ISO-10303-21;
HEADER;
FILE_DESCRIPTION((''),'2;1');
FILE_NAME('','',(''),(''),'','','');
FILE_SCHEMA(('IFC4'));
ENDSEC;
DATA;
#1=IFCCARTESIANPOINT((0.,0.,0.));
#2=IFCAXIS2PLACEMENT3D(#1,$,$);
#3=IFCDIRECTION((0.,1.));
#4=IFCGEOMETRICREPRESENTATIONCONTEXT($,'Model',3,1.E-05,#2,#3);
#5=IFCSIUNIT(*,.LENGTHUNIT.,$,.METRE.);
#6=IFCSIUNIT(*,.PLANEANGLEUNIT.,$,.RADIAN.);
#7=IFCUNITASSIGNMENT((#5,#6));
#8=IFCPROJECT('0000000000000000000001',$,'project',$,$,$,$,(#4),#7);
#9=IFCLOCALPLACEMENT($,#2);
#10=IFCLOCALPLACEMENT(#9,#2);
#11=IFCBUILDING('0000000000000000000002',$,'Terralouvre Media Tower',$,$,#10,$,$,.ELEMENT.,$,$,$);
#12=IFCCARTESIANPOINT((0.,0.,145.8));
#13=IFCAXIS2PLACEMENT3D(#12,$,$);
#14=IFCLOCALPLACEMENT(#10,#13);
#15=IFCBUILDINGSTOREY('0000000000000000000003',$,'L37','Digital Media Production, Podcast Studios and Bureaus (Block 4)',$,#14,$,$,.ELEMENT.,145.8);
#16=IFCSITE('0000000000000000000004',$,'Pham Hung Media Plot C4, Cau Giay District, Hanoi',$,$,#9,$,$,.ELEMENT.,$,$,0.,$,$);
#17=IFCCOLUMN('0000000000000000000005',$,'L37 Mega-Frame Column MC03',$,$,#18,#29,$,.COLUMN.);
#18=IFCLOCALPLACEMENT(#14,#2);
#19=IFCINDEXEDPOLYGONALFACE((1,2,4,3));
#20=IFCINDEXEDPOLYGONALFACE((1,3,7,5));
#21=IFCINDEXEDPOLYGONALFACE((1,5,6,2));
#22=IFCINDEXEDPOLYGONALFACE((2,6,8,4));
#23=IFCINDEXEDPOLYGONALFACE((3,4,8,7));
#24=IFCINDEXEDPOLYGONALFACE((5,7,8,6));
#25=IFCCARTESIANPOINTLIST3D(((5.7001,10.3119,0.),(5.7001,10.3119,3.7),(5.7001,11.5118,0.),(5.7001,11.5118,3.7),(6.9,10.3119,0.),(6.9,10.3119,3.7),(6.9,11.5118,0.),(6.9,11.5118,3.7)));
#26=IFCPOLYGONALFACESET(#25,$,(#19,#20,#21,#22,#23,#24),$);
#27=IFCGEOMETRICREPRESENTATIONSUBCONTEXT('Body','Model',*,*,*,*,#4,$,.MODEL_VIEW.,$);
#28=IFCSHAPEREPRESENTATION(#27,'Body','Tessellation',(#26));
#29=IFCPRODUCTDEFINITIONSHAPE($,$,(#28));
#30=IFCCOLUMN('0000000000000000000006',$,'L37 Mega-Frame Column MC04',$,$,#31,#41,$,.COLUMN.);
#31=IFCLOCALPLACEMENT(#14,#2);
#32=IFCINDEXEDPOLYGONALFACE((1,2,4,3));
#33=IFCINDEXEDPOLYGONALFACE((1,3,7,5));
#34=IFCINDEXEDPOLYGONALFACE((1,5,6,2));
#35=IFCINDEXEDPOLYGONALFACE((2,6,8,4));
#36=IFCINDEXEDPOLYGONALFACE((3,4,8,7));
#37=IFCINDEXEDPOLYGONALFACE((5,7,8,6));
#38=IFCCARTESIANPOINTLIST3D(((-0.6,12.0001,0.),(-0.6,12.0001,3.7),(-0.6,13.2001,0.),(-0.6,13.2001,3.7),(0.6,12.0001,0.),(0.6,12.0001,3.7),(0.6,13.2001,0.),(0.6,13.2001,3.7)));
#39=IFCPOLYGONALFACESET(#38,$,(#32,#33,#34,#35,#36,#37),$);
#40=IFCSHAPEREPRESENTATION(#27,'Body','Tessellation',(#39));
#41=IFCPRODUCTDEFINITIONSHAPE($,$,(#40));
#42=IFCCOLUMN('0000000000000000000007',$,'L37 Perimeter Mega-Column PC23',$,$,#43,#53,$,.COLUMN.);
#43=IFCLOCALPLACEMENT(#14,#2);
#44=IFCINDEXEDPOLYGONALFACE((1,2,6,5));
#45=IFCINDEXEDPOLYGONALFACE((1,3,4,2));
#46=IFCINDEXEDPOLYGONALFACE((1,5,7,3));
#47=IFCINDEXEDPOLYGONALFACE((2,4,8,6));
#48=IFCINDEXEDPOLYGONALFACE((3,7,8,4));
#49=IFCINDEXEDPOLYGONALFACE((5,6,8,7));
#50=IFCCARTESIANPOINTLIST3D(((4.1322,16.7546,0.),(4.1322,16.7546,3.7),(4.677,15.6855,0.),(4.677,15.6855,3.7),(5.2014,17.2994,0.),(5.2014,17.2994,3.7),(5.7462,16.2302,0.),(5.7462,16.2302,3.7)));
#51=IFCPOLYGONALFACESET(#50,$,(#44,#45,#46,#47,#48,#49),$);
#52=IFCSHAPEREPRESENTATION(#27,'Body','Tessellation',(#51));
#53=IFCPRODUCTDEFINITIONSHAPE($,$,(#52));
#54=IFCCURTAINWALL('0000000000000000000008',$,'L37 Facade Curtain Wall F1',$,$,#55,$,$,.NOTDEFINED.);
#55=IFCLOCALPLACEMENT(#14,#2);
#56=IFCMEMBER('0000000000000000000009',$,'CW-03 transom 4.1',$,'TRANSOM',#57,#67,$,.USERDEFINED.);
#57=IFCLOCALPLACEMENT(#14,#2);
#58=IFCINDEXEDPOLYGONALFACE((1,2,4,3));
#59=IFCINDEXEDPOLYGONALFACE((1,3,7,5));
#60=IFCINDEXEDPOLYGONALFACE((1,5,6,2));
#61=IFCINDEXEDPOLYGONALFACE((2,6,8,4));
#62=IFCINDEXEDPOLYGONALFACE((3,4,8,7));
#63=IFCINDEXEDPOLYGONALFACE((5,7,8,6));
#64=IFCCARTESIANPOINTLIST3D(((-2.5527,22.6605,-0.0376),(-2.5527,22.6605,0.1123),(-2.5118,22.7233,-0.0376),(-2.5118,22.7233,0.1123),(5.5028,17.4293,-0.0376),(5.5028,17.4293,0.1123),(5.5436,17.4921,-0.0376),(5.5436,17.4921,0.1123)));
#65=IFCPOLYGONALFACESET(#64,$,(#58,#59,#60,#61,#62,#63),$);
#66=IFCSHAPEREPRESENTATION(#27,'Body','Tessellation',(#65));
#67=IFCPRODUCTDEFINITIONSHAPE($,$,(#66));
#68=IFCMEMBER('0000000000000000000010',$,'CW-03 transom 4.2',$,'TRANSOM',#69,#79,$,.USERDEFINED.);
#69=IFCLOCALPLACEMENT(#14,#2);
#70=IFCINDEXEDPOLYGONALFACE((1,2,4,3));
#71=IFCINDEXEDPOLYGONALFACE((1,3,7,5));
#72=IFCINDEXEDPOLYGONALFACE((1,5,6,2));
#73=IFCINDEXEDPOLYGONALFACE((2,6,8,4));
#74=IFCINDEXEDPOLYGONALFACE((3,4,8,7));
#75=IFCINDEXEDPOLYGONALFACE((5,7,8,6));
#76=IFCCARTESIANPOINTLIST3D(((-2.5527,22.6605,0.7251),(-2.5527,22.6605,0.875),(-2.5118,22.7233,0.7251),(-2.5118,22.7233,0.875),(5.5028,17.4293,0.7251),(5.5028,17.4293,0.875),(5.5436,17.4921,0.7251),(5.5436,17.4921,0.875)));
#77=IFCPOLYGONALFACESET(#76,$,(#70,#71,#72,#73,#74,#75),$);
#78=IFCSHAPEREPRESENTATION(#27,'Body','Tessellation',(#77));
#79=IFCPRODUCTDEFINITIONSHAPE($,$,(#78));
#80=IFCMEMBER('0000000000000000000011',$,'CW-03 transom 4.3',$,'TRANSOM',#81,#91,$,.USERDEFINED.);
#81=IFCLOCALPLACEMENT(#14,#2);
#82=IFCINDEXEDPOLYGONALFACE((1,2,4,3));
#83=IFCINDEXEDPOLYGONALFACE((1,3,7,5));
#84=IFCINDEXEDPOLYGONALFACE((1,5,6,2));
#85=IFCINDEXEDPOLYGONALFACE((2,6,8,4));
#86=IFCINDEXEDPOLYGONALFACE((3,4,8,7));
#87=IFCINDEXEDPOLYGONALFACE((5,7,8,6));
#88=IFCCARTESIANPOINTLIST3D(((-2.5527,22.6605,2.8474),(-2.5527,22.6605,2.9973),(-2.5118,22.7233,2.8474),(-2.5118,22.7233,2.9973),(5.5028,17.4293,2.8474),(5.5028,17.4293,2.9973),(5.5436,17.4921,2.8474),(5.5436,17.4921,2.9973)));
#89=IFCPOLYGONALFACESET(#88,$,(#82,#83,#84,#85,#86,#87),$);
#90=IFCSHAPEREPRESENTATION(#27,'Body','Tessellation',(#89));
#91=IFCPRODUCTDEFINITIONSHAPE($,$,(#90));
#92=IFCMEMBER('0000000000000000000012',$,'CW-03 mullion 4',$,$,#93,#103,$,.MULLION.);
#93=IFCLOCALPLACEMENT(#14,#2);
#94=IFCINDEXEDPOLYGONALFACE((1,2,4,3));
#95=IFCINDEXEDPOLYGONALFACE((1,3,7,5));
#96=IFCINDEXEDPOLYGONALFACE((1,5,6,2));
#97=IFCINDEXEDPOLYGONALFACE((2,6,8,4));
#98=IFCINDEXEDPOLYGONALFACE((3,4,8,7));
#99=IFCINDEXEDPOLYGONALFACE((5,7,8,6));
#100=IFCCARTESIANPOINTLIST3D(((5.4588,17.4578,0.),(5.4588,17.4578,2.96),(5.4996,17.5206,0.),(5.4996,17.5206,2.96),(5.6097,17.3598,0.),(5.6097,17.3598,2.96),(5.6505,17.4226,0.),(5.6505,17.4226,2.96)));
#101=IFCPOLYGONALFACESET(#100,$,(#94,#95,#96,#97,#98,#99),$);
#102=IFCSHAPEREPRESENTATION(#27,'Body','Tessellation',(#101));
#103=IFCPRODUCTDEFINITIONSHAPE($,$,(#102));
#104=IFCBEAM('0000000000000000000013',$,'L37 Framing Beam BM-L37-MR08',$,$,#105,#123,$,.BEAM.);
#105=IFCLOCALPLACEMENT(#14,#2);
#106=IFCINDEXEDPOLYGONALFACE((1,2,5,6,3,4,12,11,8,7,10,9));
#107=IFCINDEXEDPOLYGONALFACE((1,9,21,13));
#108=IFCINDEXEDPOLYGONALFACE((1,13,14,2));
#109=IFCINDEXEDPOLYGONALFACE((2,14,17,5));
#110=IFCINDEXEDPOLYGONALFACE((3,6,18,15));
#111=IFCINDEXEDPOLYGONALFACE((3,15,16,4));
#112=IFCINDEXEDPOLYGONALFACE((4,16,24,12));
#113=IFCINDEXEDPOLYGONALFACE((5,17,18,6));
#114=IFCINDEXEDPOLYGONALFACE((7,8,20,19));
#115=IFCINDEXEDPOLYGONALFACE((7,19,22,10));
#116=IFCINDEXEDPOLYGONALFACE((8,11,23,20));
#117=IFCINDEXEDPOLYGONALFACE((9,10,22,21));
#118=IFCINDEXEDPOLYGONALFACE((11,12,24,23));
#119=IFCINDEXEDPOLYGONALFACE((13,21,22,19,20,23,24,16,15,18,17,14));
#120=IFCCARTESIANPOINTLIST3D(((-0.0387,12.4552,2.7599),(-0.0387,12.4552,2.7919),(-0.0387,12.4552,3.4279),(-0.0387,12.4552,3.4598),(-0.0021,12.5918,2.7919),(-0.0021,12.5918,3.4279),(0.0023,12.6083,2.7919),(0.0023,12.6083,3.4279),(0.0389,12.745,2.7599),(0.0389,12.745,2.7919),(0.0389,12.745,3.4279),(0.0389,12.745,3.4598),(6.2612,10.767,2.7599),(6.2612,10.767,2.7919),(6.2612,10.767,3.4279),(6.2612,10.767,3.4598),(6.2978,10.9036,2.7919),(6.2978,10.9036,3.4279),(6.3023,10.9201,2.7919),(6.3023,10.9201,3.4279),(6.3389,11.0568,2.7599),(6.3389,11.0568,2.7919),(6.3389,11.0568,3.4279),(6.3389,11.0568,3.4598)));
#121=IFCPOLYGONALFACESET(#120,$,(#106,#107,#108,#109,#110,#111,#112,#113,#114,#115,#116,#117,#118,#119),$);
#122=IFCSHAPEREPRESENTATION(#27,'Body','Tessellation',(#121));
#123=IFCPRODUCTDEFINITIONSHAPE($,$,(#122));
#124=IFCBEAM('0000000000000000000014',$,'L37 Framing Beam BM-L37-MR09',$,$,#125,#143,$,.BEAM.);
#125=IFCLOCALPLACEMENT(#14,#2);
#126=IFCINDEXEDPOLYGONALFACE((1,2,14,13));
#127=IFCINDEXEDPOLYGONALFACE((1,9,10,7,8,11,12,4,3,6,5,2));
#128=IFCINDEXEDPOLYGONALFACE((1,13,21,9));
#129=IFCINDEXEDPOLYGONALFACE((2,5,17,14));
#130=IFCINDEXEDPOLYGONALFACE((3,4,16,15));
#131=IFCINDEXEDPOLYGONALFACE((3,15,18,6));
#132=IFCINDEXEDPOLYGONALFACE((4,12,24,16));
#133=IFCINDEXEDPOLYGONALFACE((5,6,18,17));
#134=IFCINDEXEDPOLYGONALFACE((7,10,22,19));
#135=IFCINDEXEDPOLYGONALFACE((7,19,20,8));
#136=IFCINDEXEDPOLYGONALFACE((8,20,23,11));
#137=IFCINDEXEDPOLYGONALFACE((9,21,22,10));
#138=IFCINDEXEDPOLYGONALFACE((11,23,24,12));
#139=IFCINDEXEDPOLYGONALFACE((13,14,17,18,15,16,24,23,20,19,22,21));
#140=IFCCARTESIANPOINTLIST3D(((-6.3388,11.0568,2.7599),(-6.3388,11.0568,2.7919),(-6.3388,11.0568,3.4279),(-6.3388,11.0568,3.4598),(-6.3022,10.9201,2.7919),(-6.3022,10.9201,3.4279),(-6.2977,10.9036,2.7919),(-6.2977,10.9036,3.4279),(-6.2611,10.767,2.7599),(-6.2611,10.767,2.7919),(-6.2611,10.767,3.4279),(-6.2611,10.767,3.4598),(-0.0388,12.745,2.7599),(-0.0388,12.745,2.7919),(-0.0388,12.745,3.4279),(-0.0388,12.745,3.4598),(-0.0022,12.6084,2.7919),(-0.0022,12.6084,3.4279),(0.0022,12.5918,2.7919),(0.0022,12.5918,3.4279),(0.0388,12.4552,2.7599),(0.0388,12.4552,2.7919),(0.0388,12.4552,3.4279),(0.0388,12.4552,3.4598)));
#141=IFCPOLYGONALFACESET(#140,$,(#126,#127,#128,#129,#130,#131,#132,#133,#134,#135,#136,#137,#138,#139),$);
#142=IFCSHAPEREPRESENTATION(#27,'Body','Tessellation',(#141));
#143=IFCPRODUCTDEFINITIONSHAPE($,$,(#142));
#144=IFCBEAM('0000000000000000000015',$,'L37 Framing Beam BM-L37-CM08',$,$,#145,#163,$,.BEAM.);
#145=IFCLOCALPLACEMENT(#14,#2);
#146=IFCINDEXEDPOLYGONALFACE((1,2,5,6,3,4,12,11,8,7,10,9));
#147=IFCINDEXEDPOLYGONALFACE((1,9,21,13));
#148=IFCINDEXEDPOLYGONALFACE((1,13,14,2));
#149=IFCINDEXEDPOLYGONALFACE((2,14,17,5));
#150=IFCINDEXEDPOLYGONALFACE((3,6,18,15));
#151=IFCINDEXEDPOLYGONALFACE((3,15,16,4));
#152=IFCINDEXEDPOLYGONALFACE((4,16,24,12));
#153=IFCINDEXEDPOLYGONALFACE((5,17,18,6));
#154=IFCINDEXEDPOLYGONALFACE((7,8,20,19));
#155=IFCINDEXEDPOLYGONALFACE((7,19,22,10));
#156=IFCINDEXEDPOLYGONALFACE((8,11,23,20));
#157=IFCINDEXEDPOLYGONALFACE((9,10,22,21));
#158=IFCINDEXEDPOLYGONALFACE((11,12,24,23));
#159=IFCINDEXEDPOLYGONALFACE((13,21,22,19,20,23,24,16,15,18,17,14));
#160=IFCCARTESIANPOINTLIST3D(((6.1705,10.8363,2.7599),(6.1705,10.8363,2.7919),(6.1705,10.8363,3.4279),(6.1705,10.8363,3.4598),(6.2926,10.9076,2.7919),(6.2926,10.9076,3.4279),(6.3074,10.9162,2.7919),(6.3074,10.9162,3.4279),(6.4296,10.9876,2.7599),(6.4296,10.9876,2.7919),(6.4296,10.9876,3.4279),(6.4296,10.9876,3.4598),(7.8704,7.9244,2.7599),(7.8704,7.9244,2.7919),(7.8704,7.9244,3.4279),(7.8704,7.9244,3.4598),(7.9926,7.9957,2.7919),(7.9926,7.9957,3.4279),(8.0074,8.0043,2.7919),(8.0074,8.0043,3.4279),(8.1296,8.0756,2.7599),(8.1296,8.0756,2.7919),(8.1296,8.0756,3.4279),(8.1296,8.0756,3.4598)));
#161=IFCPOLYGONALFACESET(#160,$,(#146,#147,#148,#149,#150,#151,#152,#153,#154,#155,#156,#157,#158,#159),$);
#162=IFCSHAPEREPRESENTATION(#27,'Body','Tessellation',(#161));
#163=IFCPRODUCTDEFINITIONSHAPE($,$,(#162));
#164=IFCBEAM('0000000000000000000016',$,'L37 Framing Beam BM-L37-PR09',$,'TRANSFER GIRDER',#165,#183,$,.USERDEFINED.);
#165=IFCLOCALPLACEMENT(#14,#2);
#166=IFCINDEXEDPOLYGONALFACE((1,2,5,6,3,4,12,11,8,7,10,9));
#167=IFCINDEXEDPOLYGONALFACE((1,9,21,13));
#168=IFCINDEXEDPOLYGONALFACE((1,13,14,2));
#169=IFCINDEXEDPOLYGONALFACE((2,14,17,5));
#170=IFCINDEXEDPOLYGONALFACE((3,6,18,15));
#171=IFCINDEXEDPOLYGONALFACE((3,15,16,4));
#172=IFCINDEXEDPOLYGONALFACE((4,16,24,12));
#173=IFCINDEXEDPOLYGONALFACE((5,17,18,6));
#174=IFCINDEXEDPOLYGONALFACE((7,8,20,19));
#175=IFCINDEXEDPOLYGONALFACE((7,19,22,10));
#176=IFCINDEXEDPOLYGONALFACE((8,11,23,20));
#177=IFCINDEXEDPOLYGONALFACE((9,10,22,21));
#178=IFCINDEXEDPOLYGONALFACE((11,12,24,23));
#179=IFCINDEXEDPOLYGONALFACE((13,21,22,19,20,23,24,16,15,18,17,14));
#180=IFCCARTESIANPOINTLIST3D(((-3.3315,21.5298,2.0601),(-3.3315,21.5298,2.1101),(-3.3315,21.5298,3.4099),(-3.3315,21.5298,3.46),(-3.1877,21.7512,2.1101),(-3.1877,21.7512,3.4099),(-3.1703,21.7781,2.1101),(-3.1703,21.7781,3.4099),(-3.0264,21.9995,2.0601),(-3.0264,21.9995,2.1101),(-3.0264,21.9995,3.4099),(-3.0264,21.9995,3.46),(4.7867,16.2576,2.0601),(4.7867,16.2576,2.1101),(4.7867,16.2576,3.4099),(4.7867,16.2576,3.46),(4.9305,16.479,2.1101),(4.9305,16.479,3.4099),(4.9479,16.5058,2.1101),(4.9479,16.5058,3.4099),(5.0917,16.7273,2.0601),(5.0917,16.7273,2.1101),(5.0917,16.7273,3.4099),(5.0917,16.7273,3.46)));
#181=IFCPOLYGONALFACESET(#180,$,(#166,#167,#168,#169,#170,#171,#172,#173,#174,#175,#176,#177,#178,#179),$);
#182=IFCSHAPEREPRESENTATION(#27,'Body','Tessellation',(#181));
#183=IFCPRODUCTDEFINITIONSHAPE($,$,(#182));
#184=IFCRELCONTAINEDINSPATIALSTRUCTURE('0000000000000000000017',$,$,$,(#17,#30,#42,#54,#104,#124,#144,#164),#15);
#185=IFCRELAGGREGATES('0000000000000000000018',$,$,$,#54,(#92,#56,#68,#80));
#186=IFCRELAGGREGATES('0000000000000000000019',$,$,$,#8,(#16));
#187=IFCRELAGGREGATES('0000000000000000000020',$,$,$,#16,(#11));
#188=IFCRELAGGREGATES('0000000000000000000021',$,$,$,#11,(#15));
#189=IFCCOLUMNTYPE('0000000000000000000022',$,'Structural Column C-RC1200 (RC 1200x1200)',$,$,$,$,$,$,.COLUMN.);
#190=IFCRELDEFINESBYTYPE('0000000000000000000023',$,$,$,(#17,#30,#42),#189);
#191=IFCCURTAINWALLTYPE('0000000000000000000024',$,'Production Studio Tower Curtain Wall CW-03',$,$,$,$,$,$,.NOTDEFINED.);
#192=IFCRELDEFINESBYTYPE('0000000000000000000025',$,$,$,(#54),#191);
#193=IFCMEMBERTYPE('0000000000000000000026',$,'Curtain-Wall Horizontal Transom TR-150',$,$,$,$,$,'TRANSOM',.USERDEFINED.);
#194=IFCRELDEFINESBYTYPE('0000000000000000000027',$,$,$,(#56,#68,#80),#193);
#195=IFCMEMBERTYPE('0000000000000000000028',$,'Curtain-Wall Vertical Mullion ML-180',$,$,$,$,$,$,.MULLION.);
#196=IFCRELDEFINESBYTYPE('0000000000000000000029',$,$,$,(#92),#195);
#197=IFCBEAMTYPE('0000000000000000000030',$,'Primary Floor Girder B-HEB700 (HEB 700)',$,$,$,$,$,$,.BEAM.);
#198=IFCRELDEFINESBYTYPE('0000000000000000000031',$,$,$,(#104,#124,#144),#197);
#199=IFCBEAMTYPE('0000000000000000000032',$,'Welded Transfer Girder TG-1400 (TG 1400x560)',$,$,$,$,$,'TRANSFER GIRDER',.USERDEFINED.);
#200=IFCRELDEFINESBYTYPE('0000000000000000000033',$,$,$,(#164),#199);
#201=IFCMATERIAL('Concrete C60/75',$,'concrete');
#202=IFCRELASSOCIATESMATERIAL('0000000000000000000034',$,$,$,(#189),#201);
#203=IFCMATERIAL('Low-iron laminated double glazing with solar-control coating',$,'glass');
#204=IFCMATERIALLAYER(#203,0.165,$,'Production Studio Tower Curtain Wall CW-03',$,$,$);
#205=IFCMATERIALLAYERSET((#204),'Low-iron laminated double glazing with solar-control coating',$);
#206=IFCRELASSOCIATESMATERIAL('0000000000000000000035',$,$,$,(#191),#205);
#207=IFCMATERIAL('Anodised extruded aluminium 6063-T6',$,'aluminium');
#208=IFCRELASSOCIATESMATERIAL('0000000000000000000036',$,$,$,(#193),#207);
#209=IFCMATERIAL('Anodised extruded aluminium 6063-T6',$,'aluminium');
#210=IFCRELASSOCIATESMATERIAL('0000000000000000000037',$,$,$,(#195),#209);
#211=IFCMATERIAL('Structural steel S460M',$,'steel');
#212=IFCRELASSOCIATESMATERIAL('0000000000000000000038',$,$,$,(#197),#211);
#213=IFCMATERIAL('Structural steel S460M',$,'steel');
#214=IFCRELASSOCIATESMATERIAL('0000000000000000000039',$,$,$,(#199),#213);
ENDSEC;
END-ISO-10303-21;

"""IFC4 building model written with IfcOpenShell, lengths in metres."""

from ifc_helpers import new_model, si_unit, direction, frame, origin, origin_2d, place, context, subcontext, project, spatial, rectangle, i_section, extrude, material, layer, layer_set, material_profile, profile_set, type_object, element, aggregate, save


model = new_model("IFC4")

# Units and contexts
model_context = context("Model", 3, precision=1e-05, world=origin(), true_north=direction((0.0, 1.0)))
body_context = subcontext(model_context, "Body", "Model", "MODEL_VIEW")
ifc_project = project(units=[si_unit("LENGTHUNIT", "METRE"), si_unit("PLANEANGLEUNIT", "RADIAN")], contexts=[model_context])

# Site, building, storey
site_placement = place(None, origin())
site = spatial("IfcSite", under=ifc_project, at=site_placement, Name="Pham Hung Media Plot C4, Cau Giay District, Hanoi", CompositionType="ELEMENT", RefElevation=0.0)
building_placement = place(site_placement, origin())
building = spatial("IfcBuilding", under=site, at=building_placement, Name="Terralouvre Media Tower", CompositionType="ELEMENT")
storey_placement = place(building_placement, frame((0.0, 0.0, 145.8)))
storey = spatial("IfcBuildingStorey", under=building, at=storey_placement, Name="L37", Description="Digital Media Production, Podcast Studios and Bureaus (Block 4)", CompositionType="ELEMENT", Elevation=145.8)

# Columns
ifc_material_1 = material(Name="Concrete C60/75", Category="concrete")
ifc_material_profile_1 = material_profile(ifc_material_1, rectangle(XDim=1.2, YDim=1.2, at=origin_2d()), Name="RC 1200x1200")
ifc_profile_set_1 = profile_set([ifc_material_profile_1], Name="Concrete C60/75")
column_type = type_object("IfcColumnType", Name="Structural Column C-RC1200 (RC 1200x1200)", PredefinedType="COLUMN", material=ifc_profile_set_1)
for number, where, z_axis, x_axis, name in (
    (1, (6.3, 10.9119, 0.0), (0.0, 0.0, 1.0), (1.0, 0.0, 0.0), "L37 Mega-Frame Column MC03"),
    (2, (0.0, 12.6001, 0.0), (0.0, 0.0, 1.0), (1.0, 0.0, 0.0), "L37 Mega-Frame Column MC04"),
    (3, (4.9392, 16.4924, 0.0), (0.0, 0.0, 1.0), (0.891007, 0.45399, 0.0), "L37 Perimeter Mega-Column PC23"),
):
    element("IfcColumn", number, at=place(storey_placement, frame(where, z_axis=z_axis, x_axis=x_axis)), inside=storey, type_object=column_type, Name=name, PredefinedType="COLUMN", context=body_context, shape_type="SweptSolid", body=[
        extrude(rectangle(XDim=1.2, YDim=1.2, at=origin_2d()), origin(), (0.0, 0.0, 1.0), 3.7),
    ])

# Curtain wall, members
ifc_material_2 = material(Name="Low-iron laminated double glazing with solar-control coating", Category="glass")
ifc_layer_1 = layer(ifc_material_2, 0.165, Name="Production Studio Tower Curtain Wall CW-03")
ifc_layer_set_1 = layer_set([ifc_layer_1], Name="Low-iron laminated double glazing with solar-control coating")
curtain_wall_type = type_object("IfcCurtainWallType", Name="Production Studio Tower Curtain Wall CW-03", PredefinedType="NOTDEFINED", material=ifc_layer_set_1)
curtain_wall_placement = place(storey_placement, origin())
curtain_wall = element("IfcCurtainWall", 4, at=curtain_wall_placement, inside=storey, type_object=curtain_wall_type, Name="L37 Facade Curtain Wall F1", PredefinedType="NOTDEFINED")
ifc_material_3 = material(Name="Anodised extruded aluminium 6063-T6", Category="aluminium")
ifc_material_profile_2 = material_profile(ifc_material_3, rectangle(XDim=0.075, YDim=0.1499, at=origin_2d()), Name="ALU 75x150")
ifc_profile_set_2 = profile_set([ifc_material_profile_2], Name="Anodised extruded aluminium 6063-T6")
member_type_1 = type_object("IfcMemberType", Name="Curtain-Wall Horizontal Transom TR-150", ElementType="TRANSOM", PredefinedType="USERDEFINED", material=ifc_profile_set_2)
member_1_placement = place(storey_placement, frame((5.5232, 17.4607, 0.0374), z_axis=(-0.838673, 0.544635, 0.0), x_axis=(-0.544635, -0.838673, 0.0)))
member_1 = element("IfcMember", 5, at=member_1_placement, type_object=member_type_1, Name="CW-03 transom 4.1", ObjectType="TRANSOM", PredefinedType="USERDEFINED", context=body_context, shape_type="SweptSolid", body=[
    extrude(rectangle(XDim=0.075, YDim=0.1499, at=origin_2d()), origin(), (0.0, 0.0, 1.0), 9.605),
])
member_2_placement = place(storey_placement, frame((5.5232, 17.4607, 0.8), z_axis=(-0.838673, 0.544635, 0.0), x_axis=(-0.544635, -0.838673, 0.0)))
member_2 = element("IfcMember", 6, at=member_2_placement, type_object=member_type_1, Name="CW-03 transom 4.2", ObjectType="TRANSOM", PredefinedType="USERDEFINED", context=body_context, shape_type="SweptSolid", body=[
    extrude(rectangle(XDim=0.075, YDim=0.1499, at=origin_2d()), origin(), (0.0, 0.0, 1.0), 9.605),
])
member_3_placement = place(storey_placement, frame((5.5232, 17.4607, 2.9224), z_axis=(-0.838673, 0.544635, 0.0), x_axis=(-0.544635, -0.838673, 0.0)))
member_3 = element("IfcMember", 7, at=member_3_placement, type_object=member_type_1, Name="CW-03 transom 4.3", ObjectType="TRANSOM", PredefinedType="USERDEFINED", context=body_context, shape_type="SweptSolid", body=[
    extrude(rectangle(XDim=0.075, YDim=0.1499, at=origin_2d()), origin(), (0.0, 0.0, 1.0), 9.605),
])
ifc_material_4 = material(Name="Anodised extruded aluminium 6063-T6", Category="aluminium")
ifc_material_profile_3 = material_profile(ifc_material_4, rectangle(XDim=0.075, YDim=0.1799, at=origin_2d()), Name="ALU 75x180")
ifc_profile_set_3 = profile_set([ifc_material_profile_3], Name="Anodised extruded aluminium 6063-T6")
member_type_2 = type_object("IfcMemberType", Name="Curtain-Wall Vertical Mullion ML-180", PredefinedType="MULLION", material=ifc_profile_set_3)
member_4_placement = place(storey_placement, frame((5.5547, 17.4402, 0.0), z_axis=(0.0, 0.0, 1.0), x_axis=(-0.544639, -0.838671, 0.0)))
member_4 = element("IfcMember", 8, at=member_4_placement, type_object=member_type_2, Name="CW-03 mullion 4", PredefinedType="MULLION", context=body_context, shape_type="SweptSolid", body=[
    extrude(rectangle(XDim=0.075, YDim=0.1799, at=origin_2d()), origin(), (0.0, 0.0, 1.0), 2.96),
])

# Beams
ifc_material_5 = material(Name="Structural steel S460M", Category="steel")
ifc_material_profile_4 = material_profile(ifc_material_5, i_section(OverallWidth=0.3, OverallDepth=0.7, WebThickness=0.0171, FlangeThickness=0.032, at=origin_2d()), Name="HEB 700")
ifc_profile_set_4 = profile_set([ifc_material_profile_4], Name="Structural steel S460M")
beam_type_1 = type_object("IfcBeamType", Name="Primary Floor Girder B-HEB700 (HEB 700)", PredefinedType="BEAM", material=ifc_profile_set_4)
for number, where, z_axis, x_axis, name in (
    (9, (6.3, 10.9119, 3.1099), (-0.96592, 0.258839, 0.0), (-0.258839, -0.96592, 0.0), "L37 Framing Beam BM-L37-MR08"),
    (10, (0.0, 12.6001, 3.1099), (-0.96592, -0.258839, 0.0), (0.258839, -0.96592, 0.0), "L37 Framing Beam BM-L37-MR09"),
):
    element("IfcBeam", number, at=place(storey_placement, frame(where, z_axis=z_axis, x_axis=x_axis)), inside=storey, type_object=beam_type_1, Name=name, PredefinedType="BEAM", context=body_context, shape_type="SweptSolid", body=[
        extrude(i_section(OverallWidth=0.3, OverallDepth=0.7, WebThickness=0.0171, FlangeThickness=0.032, at=origin_2d()), origin(), (0.0, 0.0, 1.0), 6.5222),
    ])
beam_1_placement = place(storey_placement, frame((8.0, 8.0, 3.1099), z_axis=(-0.504173, 0.863603, 0.0), x_axis=(-0.863603, -0.504173, 0.0)))
element("IfcBeam", 11, at=beam_1_placement, inside=storey, type_object=beam_type_1, Name="L37 Framing Beam BM-L37-CM08", PredefinedType="BEAM", context=body_context, shape_type="SweptSolid", body=[
    extrude(i_section(OverallWidth=0.3, OverallDepth=0.7, WebThickness=0.0171, FlangeThickness=0.032, at=origin_2d()), origin(), (0.0, 0.0, 1.0), 3.3718),
])
ifc_material_6 = material(Name="Structural steel S460M", Category="steel")
ifc_material_profile_5 = material_profile(ifc_material_6, i_section(OverallWidth=0.5601, OverallDepth=1.3999, WebThickness=0.032, FlangeThickness=0.05, at=origin_2d()), Name="TG 1400x560")
ifc_profile_set_5 = profile_set([ifc_material_profile_5], Name="Structural steel S460M")
beam_type_2 = type_object("IfcBeamType", Name="Welded Transfer Girder TG-1400 (TG 1400x560)", ElementType="TRANSFER GIRDER", PredefinedType="USERDEFINED", material=ifc_profile_set_5)
beam_2_placement = place(storey_placement, frame((4.9392, 16.4924, 2.76), z_axis=(-0.83866, 0.544655, 0.0), x_axis=(-0.544655, -0.83866, 0.0)))
element("IfcBeam", 12, at=beam_2_placement, inside=storey, type_object=beam_type_2, Name="L37 Framing Beam BM-L37-PR09", ObjectType="TRANSFER GIRDER", PredefinedType="USERDEFINED", context=body_context, shape_type="SweptSolid", body=[
    extrude(i_section(OverallWidth=0.5601, OverallDepth=1.3999, WebThickness=0.032, FlangeThickness=0.05, at=origin_2d()), origin(), (0.0, 0.0, 1.0), 9.6799),
])

aggregate(curtain_wall, [member_4, member_1, member_2, member_3])

save(model, "model.ifc")
